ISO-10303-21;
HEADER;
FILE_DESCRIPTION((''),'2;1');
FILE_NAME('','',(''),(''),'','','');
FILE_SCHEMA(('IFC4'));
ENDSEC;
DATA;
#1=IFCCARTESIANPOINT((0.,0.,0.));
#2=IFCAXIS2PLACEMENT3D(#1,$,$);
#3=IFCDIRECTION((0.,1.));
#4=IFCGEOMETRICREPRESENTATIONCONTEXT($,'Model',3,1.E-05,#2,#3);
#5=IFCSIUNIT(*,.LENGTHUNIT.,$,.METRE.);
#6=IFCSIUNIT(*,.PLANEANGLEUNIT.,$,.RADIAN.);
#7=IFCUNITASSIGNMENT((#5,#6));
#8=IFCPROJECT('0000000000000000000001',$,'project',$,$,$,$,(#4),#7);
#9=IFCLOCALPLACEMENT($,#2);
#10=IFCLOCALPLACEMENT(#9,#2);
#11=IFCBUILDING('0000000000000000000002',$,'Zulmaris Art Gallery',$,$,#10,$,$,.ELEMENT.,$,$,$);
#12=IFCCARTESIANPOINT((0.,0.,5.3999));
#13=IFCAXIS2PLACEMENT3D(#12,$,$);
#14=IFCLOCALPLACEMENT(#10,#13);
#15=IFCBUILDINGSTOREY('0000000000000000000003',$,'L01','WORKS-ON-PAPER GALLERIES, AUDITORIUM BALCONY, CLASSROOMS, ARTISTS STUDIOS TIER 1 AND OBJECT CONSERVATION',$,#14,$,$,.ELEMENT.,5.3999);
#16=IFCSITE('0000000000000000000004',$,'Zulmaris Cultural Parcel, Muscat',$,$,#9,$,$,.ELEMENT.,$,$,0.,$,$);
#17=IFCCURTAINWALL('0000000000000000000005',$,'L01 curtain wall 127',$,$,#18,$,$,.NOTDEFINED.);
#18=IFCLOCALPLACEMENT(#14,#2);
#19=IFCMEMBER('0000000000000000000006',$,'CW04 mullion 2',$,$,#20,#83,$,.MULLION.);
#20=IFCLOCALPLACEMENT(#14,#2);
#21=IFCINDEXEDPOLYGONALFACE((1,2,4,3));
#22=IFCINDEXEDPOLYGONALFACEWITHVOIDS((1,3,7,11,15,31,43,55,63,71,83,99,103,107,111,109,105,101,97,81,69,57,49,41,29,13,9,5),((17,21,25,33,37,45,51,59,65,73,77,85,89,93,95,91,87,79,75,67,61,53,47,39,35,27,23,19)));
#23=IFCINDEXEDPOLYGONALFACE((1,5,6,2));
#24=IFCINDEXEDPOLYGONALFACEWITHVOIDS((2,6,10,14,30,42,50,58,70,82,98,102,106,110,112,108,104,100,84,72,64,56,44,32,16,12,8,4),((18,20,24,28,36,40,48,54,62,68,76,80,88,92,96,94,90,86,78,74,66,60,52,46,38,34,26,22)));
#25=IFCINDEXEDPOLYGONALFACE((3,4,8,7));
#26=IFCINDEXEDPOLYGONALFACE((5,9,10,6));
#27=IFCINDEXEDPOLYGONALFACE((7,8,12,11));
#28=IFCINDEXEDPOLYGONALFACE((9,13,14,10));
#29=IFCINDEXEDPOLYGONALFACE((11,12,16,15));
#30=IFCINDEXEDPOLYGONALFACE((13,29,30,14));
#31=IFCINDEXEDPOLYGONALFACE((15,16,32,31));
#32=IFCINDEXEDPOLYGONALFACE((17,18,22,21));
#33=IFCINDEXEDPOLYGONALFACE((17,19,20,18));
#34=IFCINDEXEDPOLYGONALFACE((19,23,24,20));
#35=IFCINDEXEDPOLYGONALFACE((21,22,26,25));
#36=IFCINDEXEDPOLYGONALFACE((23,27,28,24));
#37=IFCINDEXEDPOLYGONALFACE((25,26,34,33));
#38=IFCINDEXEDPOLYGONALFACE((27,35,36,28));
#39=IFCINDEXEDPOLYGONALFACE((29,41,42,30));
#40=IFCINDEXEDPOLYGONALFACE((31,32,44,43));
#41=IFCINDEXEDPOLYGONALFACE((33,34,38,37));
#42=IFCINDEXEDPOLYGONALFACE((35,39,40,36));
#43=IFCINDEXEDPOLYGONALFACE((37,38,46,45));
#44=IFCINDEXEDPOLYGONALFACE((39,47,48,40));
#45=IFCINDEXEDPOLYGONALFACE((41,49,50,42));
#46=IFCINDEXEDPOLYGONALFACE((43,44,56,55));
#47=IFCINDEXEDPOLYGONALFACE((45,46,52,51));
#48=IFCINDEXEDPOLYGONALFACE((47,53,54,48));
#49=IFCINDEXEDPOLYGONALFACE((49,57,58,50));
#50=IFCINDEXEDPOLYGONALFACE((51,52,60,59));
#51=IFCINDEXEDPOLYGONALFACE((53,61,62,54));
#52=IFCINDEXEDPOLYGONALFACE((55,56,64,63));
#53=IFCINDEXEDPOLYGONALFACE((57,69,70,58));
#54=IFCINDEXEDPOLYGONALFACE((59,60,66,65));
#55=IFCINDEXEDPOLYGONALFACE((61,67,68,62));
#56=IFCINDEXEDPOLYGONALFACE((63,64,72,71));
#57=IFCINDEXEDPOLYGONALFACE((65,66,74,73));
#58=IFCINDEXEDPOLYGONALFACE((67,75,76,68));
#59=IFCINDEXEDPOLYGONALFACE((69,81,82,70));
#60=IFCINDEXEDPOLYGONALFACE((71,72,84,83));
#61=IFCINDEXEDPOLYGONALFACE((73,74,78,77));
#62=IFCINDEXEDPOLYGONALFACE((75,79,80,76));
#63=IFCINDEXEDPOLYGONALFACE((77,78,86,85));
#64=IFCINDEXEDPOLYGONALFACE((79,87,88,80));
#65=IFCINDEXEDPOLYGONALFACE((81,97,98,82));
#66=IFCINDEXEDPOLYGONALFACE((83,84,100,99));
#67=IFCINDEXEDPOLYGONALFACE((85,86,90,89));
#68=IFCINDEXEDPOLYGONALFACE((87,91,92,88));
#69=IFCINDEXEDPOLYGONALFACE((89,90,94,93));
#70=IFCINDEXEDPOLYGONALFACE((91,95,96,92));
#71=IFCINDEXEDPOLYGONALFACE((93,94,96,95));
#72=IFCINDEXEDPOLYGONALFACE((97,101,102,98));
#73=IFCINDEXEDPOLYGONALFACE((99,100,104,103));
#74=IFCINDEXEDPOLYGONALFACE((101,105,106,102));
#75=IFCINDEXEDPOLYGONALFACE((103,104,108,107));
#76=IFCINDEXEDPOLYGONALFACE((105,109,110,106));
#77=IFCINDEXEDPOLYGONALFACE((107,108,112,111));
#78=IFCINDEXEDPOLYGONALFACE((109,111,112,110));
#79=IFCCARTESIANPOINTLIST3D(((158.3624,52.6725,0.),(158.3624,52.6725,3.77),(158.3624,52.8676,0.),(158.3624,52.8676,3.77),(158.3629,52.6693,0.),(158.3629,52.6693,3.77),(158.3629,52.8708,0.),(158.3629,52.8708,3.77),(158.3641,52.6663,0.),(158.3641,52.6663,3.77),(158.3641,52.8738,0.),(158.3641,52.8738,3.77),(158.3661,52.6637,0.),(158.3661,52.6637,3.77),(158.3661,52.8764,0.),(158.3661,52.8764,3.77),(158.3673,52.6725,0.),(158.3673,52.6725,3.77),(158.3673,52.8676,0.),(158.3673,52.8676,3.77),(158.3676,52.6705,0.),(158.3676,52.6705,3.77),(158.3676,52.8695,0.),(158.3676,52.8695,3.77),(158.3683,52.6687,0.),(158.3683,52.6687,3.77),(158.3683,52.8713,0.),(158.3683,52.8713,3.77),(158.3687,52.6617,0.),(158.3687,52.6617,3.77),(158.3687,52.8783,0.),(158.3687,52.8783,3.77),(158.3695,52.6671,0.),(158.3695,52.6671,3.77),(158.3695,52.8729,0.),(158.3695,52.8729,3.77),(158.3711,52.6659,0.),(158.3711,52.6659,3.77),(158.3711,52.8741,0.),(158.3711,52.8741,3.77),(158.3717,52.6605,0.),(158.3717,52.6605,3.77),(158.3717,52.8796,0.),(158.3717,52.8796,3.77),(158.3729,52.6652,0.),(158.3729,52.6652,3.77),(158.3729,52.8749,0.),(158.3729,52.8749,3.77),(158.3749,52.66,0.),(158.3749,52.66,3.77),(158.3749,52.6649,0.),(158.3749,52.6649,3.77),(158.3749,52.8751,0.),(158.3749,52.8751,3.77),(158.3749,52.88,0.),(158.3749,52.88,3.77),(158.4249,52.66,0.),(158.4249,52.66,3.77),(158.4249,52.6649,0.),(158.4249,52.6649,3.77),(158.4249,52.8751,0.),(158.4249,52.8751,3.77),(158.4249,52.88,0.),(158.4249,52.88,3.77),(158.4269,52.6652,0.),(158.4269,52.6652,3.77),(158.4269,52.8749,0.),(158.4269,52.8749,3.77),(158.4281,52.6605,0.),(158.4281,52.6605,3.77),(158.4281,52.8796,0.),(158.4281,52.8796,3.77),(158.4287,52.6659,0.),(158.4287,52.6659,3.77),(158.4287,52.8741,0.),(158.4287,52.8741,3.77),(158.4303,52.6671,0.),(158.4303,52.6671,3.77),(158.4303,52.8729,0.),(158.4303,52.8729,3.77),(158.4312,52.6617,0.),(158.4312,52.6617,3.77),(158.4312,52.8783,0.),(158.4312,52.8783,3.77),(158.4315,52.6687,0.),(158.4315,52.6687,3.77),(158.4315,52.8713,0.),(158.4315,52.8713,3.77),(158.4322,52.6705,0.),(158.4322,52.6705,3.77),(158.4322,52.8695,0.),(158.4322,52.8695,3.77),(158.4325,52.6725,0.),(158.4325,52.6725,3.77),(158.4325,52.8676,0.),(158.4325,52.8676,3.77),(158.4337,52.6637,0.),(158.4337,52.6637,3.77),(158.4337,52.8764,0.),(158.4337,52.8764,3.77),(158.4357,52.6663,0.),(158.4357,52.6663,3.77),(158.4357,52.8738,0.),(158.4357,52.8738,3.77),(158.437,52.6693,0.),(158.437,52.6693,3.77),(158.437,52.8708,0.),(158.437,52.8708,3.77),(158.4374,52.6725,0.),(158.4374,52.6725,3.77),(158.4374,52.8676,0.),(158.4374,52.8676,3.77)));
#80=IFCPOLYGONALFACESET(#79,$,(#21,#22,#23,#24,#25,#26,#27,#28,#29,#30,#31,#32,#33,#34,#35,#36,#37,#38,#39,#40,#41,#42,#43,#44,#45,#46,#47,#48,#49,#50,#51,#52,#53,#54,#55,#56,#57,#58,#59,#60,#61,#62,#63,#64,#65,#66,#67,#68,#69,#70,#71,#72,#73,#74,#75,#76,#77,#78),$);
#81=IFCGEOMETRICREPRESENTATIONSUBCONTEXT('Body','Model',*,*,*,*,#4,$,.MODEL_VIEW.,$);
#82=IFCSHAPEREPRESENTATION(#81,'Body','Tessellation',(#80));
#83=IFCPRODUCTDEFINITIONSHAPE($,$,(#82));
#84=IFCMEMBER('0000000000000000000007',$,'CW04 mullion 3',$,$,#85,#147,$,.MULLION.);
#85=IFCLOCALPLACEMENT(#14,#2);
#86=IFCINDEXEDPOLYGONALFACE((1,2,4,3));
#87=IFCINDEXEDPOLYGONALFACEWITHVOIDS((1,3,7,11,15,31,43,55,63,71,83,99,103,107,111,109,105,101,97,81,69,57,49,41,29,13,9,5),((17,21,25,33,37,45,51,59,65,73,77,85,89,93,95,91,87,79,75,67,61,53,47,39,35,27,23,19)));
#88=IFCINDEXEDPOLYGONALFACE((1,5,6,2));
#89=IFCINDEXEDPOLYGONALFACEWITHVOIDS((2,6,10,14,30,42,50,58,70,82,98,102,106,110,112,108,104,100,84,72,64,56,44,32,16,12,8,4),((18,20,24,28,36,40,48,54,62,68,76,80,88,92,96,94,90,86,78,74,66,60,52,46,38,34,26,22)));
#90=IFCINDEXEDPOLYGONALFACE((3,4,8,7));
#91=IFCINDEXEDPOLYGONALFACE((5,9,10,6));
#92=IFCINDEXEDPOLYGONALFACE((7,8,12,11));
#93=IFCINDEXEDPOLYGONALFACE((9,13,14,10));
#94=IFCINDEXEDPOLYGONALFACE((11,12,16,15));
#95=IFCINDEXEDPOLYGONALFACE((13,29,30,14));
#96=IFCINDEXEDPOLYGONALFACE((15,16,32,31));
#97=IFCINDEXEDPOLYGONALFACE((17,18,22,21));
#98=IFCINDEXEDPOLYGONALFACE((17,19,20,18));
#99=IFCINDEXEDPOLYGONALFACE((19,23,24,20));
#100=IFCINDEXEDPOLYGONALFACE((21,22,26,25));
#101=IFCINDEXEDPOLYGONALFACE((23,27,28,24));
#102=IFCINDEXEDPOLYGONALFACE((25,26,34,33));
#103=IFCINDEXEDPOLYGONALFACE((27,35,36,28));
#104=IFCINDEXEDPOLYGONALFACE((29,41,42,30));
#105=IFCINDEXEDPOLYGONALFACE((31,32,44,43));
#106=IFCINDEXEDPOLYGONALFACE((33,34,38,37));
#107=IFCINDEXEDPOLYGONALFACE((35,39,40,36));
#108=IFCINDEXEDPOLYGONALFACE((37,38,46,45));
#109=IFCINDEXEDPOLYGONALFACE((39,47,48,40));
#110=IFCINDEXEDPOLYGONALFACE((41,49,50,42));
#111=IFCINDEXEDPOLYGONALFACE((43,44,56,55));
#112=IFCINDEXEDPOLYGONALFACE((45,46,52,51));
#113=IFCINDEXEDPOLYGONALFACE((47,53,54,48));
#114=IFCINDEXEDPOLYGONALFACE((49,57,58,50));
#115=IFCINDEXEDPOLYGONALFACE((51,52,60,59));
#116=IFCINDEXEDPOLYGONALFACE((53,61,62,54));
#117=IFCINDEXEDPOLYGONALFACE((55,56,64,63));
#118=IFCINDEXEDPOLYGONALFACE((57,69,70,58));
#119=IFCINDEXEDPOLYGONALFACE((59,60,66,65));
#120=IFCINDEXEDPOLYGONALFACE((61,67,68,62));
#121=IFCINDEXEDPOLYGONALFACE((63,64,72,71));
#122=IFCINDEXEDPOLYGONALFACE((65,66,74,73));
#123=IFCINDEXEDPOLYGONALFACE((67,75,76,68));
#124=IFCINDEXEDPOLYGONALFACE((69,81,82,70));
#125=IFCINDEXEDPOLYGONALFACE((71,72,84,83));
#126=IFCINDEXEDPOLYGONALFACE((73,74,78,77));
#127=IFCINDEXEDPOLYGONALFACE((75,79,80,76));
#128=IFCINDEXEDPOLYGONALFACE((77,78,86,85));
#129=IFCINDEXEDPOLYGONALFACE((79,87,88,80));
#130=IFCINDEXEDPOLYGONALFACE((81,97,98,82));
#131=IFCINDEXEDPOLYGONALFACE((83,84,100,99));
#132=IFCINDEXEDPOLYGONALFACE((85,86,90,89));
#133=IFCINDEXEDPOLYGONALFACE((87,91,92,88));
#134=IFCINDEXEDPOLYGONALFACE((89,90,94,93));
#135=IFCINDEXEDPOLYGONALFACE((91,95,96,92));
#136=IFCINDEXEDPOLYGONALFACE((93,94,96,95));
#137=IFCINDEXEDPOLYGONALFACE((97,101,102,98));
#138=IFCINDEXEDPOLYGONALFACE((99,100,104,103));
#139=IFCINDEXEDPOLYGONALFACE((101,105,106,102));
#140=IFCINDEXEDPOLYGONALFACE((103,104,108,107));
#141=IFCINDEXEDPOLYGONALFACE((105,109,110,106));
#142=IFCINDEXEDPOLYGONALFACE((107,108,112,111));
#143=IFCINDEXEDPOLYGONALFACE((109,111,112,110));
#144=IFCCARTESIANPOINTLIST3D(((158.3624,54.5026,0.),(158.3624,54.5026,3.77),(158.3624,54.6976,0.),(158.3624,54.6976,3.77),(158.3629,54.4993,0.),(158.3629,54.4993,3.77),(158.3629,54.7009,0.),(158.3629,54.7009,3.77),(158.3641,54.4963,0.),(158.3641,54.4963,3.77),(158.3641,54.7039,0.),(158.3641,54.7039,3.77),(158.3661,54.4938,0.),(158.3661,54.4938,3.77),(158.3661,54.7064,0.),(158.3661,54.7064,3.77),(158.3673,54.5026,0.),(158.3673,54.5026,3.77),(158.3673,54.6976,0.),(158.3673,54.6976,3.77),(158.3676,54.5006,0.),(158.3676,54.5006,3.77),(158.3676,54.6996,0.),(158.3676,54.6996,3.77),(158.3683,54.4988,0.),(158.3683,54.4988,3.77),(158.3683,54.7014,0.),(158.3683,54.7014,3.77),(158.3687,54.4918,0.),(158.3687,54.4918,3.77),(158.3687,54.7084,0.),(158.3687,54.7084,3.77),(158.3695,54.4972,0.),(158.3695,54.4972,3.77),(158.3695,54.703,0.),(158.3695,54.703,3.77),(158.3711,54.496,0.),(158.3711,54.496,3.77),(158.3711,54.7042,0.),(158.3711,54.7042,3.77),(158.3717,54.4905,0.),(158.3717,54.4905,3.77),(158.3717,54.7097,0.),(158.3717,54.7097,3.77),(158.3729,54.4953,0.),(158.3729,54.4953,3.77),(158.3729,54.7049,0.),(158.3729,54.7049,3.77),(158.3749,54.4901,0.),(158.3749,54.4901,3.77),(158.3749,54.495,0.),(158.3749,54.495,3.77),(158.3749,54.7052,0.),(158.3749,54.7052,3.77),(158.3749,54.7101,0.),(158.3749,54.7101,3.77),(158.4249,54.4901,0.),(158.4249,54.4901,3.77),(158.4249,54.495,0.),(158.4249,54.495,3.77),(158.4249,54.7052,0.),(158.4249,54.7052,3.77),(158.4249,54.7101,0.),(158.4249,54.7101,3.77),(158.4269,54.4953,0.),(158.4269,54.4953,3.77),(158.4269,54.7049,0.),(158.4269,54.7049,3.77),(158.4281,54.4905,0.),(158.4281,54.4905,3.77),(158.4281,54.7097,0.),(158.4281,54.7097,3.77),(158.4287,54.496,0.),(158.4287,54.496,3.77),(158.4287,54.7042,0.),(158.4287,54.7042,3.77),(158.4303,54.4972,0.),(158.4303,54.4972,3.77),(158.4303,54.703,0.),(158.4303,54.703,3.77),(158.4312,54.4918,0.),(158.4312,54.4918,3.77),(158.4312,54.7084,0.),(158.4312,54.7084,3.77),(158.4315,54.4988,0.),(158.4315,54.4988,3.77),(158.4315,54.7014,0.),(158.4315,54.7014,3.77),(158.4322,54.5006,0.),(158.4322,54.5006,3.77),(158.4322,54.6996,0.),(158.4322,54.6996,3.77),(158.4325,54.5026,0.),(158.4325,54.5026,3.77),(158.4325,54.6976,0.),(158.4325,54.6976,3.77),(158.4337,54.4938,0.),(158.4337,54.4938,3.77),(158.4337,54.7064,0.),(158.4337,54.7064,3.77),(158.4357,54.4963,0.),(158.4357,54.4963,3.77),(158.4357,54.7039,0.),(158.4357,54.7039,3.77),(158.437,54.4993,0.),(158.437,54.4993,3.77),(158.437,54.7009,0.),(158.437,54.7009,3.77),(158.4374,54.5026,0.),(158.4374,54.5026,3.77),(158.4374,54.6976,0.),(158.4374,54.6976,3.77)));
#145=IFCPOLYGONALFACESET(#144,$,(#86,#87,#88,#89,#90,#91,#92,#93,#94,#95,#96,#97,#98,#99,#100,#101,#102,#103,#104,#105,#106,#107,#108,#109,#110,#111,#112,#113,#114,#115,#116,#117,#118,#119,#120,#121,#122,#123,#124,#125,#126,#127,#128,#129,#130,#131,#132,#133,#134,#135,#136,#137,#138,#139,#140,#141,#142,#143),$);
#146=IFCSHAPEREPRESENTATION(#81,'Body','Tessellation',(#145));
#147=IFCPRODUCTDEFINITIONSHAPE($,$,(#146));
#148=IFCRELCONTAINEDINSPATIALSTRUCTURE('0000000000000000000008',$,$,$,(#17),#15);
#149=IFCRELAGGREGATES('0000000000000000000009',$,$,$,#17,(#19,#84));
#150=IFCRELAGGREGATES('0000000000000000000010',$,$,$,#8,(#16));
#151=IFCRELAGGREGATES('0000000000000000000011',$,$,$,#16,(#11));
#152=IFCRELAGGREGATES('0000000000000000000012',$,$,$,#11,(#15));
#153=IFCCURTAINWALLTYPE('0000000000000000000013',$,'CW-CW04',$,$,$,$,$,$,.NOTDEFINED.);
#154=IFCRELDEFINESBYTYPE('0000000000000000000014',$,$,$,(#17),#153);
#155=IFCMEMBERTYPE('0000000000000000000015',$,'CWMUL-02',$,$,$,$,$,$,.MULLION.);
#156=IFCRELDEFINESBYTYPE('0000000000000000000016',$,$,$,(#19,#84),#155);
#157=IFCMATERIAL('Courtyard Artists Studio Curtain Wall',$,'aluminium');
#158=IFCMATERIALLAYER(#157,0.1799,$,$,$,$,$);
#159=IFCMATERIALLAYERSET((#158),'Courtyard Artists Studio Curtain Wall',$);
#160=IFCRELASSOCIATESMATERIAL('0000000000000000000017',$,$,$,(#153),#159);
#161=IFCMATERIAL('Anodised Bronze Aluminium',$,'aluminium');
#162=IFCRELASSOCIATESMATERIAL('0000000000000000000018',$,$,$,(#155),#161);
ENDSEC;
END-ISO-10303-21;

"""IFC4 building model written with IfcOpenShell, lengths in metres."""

from ifc_helpers import new_model, si_unit, direction, frame, origin, origin_2d, place, context, subcontext, project, spatial, hollow_rectangle, extrude, material, layer, layer_set, material_profile, profile_set, type_object, element, aggregate, save


model = new_model("IFC4")

# Units and contexts
model_context = context("Model", 3, precision=1e-05, world=origin(), true_north=direction((0.0, 1.0)))
body_context = subcontext(model_context, "Body", "Model", "MODEL_VIEW")
ifc_project = project(units=[si_unit("LENGTHUNIT", "METRE"), si_unit("PLANEANGLEUNIT", "RADIAN")], contexts=[model_context])

# Site, building, storey
site_placement = place(None, origin())
site = spatial("IfcSite", under=ifc_project, at=site_placement, Name="Zulmaris Cultural Parcel, Muscat", CompositionType="ELEMENT", RefElevation=0.0)
building_placement = place(site_placement, origin())
building = spatial("IfcBuilding", under=site, at=building_placement, Name="Zulmaris Art Gallery", CompositionType="ELEMENT")
storey_placement = place(building_placement, frame((0.0, 0.0, 5.3999)))
storey = spatial("IfcBuildingStorey", under=building, at=storey_placement, Name="L01", Description="WORKS-ON-PAPER GALLERIES, AUDITORIUM BALCONY, CLASSROOMS, ARTISTS STUDIOS TIER 1 AND OBJECT CONSERVATION", CompositionType="ELEMENT", Elevation=5.3999)

# Curtain wall, members
ifc_material_1 = material(Name="Courtyard Artists Studio Curtain Wall", Category="aluminium")
ifc_layer_1 = layer(ifc_material_1, 0.1799)
ifc_layer_set_1 = layer_set([ifc_layer_1], Name="Courtyard Artists Studio Curtain Wall")
curtain_wall_type = type_object("IfcCurtainWallType", Name="CW-CW04", PredefinedType="NOTDEFINED", material=ifc_layer_set_1)
ifc_material_2 = material(Name="Anodised Bronze Aluminium", Category="aluminium")
ifc_material_profile_1 = material_profile(ifc_material_2, hollow_rectangle(XDim=0.075, YDim=0.22, WallThickness=0.0049, InnerFilletRadius=0.0076, OuterFilletRadius=0.0125, at=origin_2d()), Name="ALU 75x220x5")
ifc_profile_set_1 = profile_set([ifc_material_profile_1], Name="Anodised Bronze Aluminium")
member_type_1 = type_object("IfcMemberType", Name="CWMUL-02", PredefinedType="MULLION", material=ifc_profile_set_1)
curtain_wall_1_placement = place(storey_placement, origin())
curtain_wall_1 = element("IfcCurtainWall", 1, at=curtain_wall_1_placement, inside=storey, type_object=curtain_wall_type, Name="L01 curtain wall 127", PredefinedType="NOTDEFINED")
member_1_placement = place(storey_placement, frame((158.3999, 52.77, 0.0), z_axis=(0.0, 0.0, 1.0), x_axis=(-1.0, 0.0, 0.0)))
member_1 = element("IfcMember", 2, at=member_1_placement, type_object=member_type_1, Name="CW04 mullion 2", PredefinedType="MULLION", context=body_context, shape_type="SweptSolid", body=[
    extrude(hollow_rectangle(XDim=0.075, YDim=0.22, WallThickness=0.0049, InnerFilletRadius=0.0076, OuterFilletRadius=0.0125, at=origin_2d()), origin(), (0.0, 0.0, 1.0), 3.77),
])
member_2_placement = place(storey_placement, frame((158.3999, 54.6001, 0.0), z_axis=(0.0, 0.0, 1.0), x_axis=(-1.0, 0.0, 0.0)))
member_2 = element("IfcMember", 3, at=member_2_placement, type_object=member_type_1, Name="CW04 mullion 3", PredefinedType="MULLION", context=body_context, shape_type="SweptSolid", body=[
    extrude(hollow_rectangle(XDim=0.075, YDim=0.22, WallThickness=0.0049, InnerFilletRadius=0.0076, OuterFilletRadius=0.0125, at=origin_2d()), origin(), (0.0, 0.0, 1.0), 3.77),
])

aggregate(curtain_wall_1, [member_1, member_2])

save(model, "model.ifc")
